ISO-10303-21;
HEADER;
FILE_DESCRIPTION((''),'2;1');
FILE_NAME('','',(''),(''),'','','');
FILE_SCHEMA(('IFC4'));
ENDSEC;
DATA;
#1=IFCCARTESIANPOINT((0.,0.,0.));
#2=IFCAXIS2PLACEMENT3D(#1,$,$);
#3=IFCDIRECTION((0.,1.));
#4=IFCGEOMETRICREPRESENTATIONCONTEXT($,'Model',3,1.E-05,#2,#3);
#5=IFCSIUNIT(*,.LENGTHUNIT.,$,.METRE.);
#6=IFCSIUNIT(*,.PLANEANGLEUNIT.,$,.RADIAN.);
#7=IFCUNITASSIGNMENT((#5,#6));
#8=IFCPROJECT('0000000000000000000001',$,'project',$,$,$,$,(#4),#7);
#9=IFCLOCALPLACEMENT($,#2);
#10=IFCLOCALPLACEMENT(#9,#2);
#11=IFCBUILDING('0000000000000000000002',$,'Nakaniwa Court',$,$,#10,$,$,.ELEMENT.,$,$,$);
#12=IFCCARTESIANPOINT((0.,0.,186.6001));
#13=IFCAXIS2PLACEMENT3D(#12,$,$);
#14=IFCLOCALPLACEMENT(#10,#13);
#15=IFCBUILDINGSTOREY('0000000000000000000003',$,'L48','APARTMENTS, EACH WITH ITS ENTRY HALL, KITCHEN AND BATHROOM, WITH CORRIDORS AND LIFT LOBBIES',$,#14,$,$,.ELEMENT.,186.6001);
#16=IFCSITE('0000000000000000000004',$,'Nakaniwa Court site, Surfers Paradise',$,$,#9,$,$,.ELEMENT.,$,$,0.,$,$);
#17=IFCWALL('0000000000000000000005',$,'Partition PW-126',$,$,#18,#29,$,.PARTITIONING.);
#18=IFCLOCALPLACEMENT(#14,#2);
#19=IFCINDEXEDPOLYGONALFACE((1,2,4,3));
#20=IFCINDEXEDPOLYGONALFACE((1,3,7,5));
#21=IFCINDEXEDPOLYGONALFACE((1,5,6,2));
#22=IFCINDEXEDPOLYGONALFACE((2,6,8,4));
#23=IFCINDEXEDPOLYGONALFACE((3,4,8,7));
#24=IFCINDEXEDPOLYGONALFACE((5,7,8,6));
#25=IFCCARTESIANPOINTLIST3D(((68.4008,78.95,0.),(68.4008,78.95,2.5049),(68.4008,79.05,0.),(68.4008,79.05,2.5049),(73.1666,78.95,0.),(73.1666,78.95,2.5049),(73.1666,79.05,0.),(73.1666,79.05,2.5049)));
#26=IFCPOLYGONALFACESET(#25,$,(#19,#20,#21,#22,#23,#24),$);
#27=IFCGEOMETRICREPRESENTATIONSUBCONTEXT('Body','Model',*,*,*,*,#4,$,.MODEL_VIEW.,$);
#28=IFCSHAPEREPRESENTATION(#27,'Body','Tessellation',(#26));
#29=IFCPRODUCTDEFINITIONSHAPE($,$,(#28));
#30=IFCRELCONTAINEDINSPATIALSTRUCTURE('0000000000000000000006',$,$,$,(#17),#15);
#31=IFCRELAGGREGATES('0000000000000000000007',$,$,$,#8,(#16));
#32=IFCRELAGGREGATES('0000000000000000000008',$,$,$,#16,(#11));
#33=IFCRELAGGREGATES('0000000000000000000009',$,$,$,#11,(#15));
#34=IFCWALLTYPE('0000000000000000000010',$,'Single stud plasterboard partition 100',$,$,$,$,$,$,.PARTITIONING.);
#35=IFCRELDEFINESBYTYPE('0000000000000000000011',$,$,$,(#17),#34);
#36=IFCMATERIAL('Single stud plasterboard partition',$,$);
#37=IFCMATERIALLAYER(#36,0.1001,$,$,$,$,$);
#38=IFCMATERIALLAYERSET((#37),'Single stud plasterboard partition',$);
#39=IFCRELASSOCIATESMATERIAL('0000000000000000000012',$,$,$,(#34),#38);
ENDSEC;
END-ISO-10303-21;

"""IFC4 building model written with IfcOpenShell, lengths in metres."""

from ifc_helpers import new_model, si_unit, direction, frame, frame_2d, origin, place, context, subcontext, project, spatial, rectangle, extrude, material, layer, layer_set, type_object, element, save


model = new_model("IFC4")

# Units and contexts
model_context = context("Model", 3, precision=1e-05, world=origin(), true_north=direction((0.0, 1.0)))
body_context = subcontext(model_context, "Body", "Model", "MODEL_VIEW")
ifc_project = project(units=[si_unit("LENGTHUNIT", "METRE"), si_unit("PLANEANGLEUNIT", "RADIAN")], contexts=[model_context])

# Site, building, storey
site_placement = place(None, origin())
site = spatial("IfcSite", under=ifc_project, at=site_placement, Name="Nakaniwa Court site, Surfers Paradise", CompositionType="ELEMENT", RefElevation=0.0)
building_placement = place(site_placement, origin())
building = spatial("IfcBuilding", under=site, at=building_placement, Name="Nakaniwa Court", CompositionType="ELEMENT")
storey_placement = place(building_placement, frame((0.0, 0.0, 186.6001)))
storey = spatial("IfcBuildingStorey", under=building, at=storey_placement, Name="L48", Description="APARTMENTS, EACH WITH ITS ENTRY HALL, KITCHEN AND BATHROOM, WITH CORRIDORS AND LIFT LOBBIES", CompositionType="ELEMENT", Elevation=186.6001)

# Wall
ifc_material_1 = material(Name="Single stud plasterboard partition")
ifc_layer_1 = layer(ifc_material_1, 0.1001)
ifc_layer_set_1 = layer_set([ifc_layer_1], Name="Single stud plasterboard partition")
wall_type_1 = type_object("IfcWallType", Name="Single stud plasterboard partition 100", PredefinedType="PARTITIONING", material=ifc_layer_set_1)
wall_1_placement = place(storey_placement, frame((68.4009, 79.0, 0.0), z_axis=(0.0, 0.0, 1.0), x_axis=(1.0, 0.0, 0.0)))
element("IfcWall", 1, at=wall_1_placement, inside=storey, type_object=wall_type_1, Name="Partition PW-126", PredefinedType="PARTITIONING", context=body_context, shape_type="SweptSolid", body=[
    extrude(rectangle(XDim=4.7659, YDim=0.1001, at=frame_2d((2.3828, 0.0))), origin(), (0.0, 0.0, 1.0), 2.5049),
])

save(model, "model.ifc")
